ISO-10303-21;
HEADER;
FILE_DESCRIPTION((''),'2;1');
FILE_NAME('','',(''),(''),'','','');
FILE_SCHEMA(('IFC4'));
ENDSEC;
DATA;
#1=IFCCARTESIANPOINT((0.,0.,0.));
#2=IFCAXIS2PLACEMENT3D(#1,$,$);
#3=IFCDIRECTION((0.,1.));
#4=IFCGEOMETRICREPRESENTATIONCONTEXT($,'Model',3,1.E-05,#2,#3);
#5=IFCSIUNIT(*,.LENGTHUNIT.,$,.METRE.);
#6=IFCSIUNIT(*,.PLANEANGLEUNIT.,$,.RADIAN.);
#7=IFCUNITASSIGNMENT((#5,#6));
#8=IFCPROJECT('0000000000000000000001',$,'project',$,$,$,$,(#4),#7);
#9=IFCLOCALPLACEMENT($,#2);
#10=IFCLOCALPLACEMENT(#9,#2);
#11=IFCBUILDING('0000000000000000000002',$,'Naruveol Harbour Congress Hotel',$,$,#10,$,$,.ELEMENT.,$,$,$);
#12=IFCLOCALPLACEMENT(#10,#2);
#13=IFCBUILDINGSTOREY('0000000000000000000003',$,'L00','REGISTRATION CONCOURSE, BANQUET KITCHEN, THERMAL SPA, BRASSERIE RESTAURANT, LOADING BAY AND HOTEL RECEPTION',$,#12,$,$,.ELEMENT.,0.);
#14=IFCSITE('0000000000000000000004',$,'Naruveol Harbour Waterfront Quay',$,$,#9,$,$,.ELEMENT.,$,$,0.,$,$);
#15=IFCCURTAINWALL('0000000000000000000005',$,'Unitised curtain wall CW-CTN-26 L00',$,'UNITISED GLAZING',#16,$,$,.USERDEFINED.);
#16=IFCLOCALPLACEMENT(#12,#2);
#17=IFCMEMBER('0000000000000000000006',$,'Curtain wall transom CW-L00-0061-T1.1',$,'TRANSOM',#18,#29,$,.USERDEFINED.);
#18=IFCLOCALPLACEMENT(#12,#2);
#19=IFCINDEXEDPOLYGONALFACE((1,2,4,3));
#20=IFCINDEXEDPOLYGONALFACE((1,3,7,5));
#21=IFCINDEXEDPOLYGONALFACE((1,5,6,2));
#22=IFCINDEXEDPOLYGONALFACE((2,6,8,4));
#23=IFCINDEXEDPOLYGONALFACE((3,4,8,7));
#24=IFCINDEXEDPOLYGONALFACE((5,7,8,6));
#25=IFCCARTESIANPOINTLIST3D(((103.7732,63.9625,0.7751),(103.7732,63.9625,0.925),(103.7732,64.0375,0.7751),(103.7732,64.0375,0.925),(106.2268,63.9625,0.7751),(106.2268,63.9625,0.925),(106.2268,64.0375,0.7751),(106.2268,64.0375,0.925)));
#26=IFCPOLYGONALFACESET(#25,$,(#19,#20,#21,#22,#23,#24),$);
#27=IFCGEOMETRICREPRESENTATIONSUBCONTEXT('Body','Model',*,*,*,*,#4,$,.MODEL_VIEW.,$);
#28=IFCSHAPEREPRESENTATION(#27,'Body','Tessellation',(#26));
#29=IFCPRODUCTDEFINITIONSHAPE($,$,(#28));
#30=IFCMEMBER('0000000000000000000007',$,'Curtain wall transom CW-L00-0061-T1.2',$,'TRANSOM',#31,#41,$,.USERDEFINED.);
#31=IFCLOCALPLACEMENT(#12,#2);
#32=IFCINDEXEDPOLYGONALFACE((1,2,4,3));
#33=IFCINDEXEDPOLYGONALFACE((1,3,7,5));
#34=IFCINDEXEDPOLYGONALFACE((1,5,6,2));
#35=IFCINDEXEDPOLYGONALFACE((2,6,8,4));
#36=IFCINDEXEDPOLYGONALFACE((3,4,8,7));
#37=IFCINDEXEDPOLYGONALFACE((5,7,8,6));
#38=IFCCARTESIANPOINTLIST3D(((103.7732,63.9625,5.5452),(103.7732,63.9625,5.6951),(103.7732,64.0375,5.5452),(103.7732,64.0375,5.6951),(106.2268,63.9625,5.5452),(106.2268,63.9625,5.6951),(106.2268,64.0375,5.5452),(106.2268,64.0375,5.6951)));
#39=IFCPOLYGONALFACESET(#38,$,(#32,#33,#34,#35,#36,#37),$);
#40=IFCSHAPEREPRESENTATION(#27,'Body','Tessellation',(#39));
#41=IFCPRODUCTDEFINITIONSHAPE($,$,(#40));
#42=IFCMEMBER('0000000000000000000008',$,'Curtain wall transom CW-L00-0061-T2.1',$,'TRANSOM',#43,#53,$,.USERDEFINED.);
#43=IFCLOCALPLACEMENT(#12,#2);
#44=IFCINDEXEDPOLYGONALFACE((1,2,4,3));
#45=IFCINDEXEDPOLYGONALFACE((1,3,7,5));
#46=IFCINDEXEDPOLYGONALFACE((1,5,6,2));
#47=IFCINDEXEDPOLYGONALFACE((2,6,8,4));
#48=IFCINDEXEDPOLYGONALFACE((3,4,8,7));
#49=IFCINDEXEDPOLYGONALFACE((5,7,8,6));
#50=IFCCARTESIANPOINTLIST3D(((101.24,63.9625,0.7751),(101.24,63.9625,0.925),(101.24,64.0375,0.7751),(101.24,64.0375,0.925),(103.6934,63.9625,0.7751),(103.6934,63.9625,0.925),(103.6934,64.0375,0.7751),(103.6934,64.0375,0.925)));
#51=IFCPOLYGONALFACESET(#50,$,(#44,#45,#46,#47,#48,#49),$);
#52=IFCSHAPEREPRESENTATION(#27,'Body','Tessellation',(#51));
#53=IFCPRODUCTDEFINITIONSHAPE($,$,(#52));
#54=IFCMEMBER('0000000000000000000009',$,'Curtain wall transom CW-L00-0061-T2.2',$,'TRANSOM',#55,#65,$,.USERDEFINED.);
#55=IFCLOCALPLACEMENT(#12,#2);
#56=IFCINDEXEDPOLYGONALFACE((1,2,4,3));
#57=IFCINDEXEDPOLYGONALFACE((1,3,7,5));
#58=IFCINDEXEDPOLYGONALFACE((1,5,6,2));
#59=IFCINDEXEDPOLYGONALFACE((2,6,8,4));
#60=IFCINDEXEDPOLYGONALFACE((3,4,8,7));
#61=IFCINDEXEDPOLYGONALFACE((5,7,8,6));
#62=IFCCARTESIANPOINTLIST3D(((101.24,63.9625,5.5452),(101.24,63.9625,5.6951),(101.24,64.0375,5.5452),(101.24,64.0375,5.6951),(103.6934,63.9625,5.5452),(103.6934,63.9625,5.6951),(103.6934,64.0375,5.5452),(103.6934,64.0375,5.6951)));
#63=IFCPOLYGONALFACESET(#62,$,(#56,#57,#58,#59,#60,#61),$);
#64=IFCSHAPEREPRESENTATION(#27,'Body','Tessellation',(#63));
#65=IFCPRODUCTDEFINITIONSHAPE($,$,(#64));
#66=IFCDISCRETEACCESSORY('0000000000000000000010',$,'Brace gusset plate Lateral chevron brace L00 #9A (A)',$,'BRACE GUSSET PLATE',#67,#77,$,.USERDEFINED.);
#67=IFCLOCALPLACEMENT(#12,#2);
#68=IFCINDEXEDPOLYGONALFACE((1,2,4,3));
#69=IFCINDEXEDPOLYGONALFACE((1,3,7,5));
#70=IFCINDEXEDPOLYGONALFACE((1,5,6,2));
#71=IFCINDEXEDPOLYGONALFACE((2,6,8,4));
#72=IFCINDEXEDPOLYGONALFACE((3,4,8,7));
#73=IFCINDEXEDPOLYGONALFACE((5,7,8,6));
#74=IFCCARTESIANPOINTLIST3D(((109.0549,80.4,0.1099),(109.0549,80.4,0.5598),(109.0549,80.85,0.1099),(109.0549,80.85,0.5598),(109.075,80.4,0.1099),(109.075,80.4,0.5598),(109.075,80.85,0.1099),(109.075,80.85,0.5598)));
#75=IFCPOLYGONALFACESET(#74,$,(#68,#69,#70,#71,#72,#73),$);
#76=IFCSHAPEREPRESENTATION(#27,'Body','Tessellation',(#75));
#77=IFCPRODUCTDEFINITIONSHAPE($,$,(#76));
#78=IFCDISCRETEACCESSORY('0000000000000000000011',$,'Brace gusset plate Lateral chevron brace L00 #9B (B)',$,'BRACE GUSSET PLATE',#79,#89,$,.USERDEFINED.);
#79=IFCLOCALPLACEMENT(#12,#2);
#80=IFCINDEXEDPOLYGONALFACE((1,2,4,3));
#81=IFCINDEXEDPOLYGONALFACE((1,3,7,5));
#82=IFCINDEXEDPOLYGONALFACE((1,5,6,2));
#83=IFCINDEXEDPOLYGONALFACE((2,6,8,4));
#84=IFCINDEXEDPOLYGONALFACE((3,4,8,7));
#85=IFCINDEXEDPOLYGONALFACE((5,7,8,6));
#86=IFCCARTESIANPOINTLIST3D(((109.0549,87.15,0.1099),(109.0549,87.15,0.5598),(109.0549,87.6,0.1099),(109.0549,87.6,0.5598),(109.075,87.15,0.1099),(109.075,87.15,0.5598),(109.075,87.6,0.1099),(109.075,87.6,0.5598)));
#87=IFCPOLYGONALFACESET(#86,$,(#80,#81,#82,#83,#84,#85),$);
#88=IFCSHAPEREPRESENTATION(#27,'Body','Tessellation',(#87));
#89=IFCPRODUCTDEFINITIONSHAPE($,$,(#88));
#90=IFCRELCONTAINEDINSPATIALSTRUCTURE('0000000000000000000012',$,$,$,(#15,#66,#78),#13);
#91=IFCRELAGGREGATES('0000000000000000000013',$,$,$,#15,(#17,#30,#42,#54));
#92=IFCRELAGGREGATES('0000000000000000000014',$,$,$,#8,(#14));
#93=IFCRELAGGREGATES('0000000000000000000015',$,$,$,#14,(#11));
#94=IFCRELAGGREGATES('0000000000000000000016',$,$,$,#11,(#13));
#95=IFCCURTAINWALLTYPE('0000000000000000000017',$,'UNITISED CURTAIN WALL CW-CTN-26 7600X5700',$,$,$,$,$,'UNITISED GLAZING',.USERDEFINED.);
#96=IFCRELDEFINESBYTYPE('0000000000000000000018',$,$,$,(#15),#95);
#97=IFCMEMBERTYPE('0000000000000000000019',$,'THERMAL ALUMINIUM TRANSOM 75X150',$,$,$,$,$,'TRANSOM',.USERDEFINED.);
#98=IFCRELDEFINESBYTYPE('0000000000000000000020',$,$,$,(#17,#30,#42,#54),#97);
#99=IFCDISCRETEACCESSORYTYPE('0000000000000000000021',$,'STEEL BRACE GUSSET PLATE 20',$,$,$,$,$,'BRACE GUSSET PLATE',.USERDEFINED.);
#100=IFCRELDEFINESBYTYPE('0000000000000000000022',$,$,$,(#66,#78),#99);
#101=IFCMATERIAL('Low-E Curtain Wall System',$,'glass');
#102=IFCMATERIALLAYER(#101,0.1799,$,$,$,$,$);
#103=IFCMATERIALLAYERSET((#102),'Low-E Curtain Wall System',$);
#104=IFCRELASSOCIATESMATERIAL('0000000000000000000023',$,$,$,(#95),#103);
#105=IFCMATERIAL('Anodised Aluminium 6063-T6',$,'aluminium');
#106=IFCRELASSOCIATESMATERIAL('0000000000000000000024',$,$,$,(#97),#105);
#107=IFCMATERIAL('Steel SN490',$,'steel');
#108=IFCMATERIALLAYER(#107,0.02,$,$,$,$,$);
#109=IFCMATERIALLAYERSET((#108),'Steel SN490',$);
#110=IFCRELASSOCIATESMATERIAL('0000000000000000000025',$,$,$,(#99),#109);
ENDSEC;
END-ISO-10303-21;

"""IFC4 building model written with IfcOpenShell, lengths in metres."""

from ifc_helpers import new_model, si_unit, direction, frame, origin, origin_2d, place, context, subcontext, project, spatial, rectangle, extrude, material, layer, layer_set, material_profile, profile_set, type_object, element, aggregate, save


model = new_model("IFC4")

# Units and contexts
model_context = context("Model", 3, precision=1e-05, world=origin(), true_north=direction((0.0, 1.0)))
body_context = subcontext(model_context, "Body", "Model", "MODEL_VIEW")
ifc_project = project(units=[si_unit("LENGTHUNIT", "METRE"), si_unit("PLANEANGLEUNIT", "RADIAN")], contexts=[model_context])

# Site, building, storey
site_placement = place(None, origin())
site = spatial("IfcSite", under=ifc_project, at=site_placement, Name="Naruveol Harbour Waterfront Quay", CompositionType="ELEMENT", RefElevation=0.0)
building_placement = place(site_placement, origin())
building = spatial("IfcBuilding", under=site, at=building_placement, Name="Naruveol Harbour Congress Hotel", CompositionType="ELEMENT")
storey_placement = place(building_placement, origin())
storey = spatial("IfcBuildingStorey", under=building, at=storey_placement, Name="L00", Description="REGISTRATION CONCOURSE, BANQUET KITCHEN, THERMAL SPA, BRASSERIE RESTAURANT, LOADING BAY AND HOTEL RECEPTION", CompositionType="ELEMENT", Elevation=0.0)

# Curtain wall, members
ifc_material_1 = material(Name="Low-E Curtain Wall System", Category="glass")
ifc_layer_1 = layer(ifc_material_1, 0.1799)
ifc_layer_set_1 = layer_set([ifc_layer_1], Name="Low-E Curtain Wall System")
curtain_wall_type = type_object("IfcCurtainWallType", Name="UNITISED CURTAIN WALL CW-CTN-26 7600X5700", ElementType="UNITISED GLAZING", PredefinedType="USERDEFINED", material=ifc_layer_set_1)
curtain_wall_placement = place(storey_placement, origin())
curtain_wall = element("IfcCurtainWall", 1, at=curtain_wall_placement, inside=storey, type_object=curtain_wall_type, Name="Unitised curtain wall CW-CTN-26 L00", ObjectType="UNITISED GLAZING", PredefinedType="USERDEFINED")
ifc_material_2 = material(Name="Anodised Aluminium 6063-T6", Category="aluminium")
ifc_material_profile_1 = material_profile(ifc_material_2, rectangle(XDim=0.075, YDim=0.1499, at=origin_2d()), Name="ALU-75x150")
ifc_profile_set_1 = profile_set([ifc_material_profile_1], Name="Anodised Aluminium 6063-T6")
member_type_1 = type_object("IfcMemberType", Name="THERMAL ALUMINIUM TRANSOM 75X150", ElementType="TRANSOM", PredefinedType="USERDEFINED", material=ifc_profile_set_1)
member_1_placement = place(storey_placement, frame((106.2268, 64.0, 0.8501), z_axis=(-1.0, 0.0, 0.0), x_axis=(0.0, -1.0, 0.0)))
member_1 = element("IfcMember", 2, at=member_1_placement, type_object=member_type_1, Name="Curtain wall transom CW-L00-0061-T1.1", ObjectType="TRANSOM", PredefinedType="USERDEFINED", context=body_context, shape_type="SweptSolid", body=[
    extrude(rectangle(XDim=0.075, YDim=0.1499, at=origin_2d()), origin(), (0.0, 0.0, 1.0), 2.4536),
])
member_2_placement = place(storey_placement, frame((106.2268, 64.0, 5.6201), z_axis=(-1.0, 0.0, 0.0), x_axis=(0.0, -1.0, 0.0)))
member_2 = element("IfcMember", 3, at=member_2_placement, type_object=member_type_1, Name="Curtain wall transom CW-L00-0061-T1.2", ObjectType="TRANSOM", PredefinedType="USERDEFINED", context=body_context, shape_type="SweptSolid", body=[
    extrude(rectangle(XDim=0.075, YDim=0.1499, at=origin_2d()), origin(), (0.0, 0.0, 1.0), 2.4536),
])
member_3_placement = place(storey_placement, frame((103.6934, 64.0, 0.8501), z_axis=(-1.0, 0.0, 0.0), x_axis=(0.0, -1.0, 0.0)))
member_3 = element("IfcMember", 4, at=member_3_placement, type_object=member_type_1, Name="Curtain wall transom CW-L00-0061-T2.1", ObjectType="TRANSOM", PredefinedType="USERDEFINED", context=body_context, shape_type="SweptSolid", body=[
    extrude(rectangle(XDim=0.075, YDim=0.1499, at=origin_2d()), origin(), (0.0, 0.0, 1.0), 2.4534),
])
member_4_placement = place(storey_placement, frame((103.6934, 64.0, 5.6201), z_axis=(-1.0, 0.0, 0.0), x_axis=(0.0, -1.0, 0.0)))
member_4 = element("IfcMember", 5, at=member_4_placement, type_object=member_type_1, Name="Curtain wall transom CW-L00-0061-T2.2", ObjectType="TRANSOM", PredefinedType="USERDEFINED", context=body_context, shape_type="SweptSolid", body=[
    extrude(rectangle(XDim=0.075, YDim=0.1499, at=origin_2d()), origin(), (0.0, 0.0, 1.0), 2.4534),
])
aggregate(curtain_wall, [member_1, member_2, member_3, member_4])

# Discrete accessories
ifc_material_3 = material(Name="Steel SN490", Category="steel")
ifc_layer_2 = layer(ifc_material_3, 0.02)
ifc_layer_set_2 = layer_set([ifc_layer_2], Name="Steel SN490")
discrete_accessory_type = type_object("IfcDiscreteAccessoryType", Name="STEEL BRACE GUSSET PLATE 20", ElementType="BRACE GUSSET PLATE", PredefinedType="USERDEFINED", material=ifc_layer_set_2)
for number, where, z_axis, x_axis, name in (
    (6, (109.0649, 80.625, 0.1099), (0.0, 0.0, 1.0), (0.0, 1.0, 0.0), "Brace gusset plate Lateral chevron brace L00 #9A (A)"),
    (7, (109.0649, 87.375, 0.1099), (0.0, 0.0, 1.0), (0.0, -1.0, 0.0), "Brace gusset plate Lateral chevron brace L00 #9B (B)"),
):
    element("IfcDiscreteAccessory", number, at=place(storey_placement, frame(where, z_axis=z_axis, x_axis=x_axis)), inside=storey, type_object=discrete_accessory_type, Name=name, ObjectType="BRACE GUSSET PLATE", PredefinedType="USERDEFINED", context=body_context, shape_type="SweptSolid", body=[
        extrude(rectangle(XDim=0.45, YDim=0.02, at=origin_2d()), origin(), (0.0, 0.0, 1.0), 0.45),
    ])

save(model, "model.ifc")
